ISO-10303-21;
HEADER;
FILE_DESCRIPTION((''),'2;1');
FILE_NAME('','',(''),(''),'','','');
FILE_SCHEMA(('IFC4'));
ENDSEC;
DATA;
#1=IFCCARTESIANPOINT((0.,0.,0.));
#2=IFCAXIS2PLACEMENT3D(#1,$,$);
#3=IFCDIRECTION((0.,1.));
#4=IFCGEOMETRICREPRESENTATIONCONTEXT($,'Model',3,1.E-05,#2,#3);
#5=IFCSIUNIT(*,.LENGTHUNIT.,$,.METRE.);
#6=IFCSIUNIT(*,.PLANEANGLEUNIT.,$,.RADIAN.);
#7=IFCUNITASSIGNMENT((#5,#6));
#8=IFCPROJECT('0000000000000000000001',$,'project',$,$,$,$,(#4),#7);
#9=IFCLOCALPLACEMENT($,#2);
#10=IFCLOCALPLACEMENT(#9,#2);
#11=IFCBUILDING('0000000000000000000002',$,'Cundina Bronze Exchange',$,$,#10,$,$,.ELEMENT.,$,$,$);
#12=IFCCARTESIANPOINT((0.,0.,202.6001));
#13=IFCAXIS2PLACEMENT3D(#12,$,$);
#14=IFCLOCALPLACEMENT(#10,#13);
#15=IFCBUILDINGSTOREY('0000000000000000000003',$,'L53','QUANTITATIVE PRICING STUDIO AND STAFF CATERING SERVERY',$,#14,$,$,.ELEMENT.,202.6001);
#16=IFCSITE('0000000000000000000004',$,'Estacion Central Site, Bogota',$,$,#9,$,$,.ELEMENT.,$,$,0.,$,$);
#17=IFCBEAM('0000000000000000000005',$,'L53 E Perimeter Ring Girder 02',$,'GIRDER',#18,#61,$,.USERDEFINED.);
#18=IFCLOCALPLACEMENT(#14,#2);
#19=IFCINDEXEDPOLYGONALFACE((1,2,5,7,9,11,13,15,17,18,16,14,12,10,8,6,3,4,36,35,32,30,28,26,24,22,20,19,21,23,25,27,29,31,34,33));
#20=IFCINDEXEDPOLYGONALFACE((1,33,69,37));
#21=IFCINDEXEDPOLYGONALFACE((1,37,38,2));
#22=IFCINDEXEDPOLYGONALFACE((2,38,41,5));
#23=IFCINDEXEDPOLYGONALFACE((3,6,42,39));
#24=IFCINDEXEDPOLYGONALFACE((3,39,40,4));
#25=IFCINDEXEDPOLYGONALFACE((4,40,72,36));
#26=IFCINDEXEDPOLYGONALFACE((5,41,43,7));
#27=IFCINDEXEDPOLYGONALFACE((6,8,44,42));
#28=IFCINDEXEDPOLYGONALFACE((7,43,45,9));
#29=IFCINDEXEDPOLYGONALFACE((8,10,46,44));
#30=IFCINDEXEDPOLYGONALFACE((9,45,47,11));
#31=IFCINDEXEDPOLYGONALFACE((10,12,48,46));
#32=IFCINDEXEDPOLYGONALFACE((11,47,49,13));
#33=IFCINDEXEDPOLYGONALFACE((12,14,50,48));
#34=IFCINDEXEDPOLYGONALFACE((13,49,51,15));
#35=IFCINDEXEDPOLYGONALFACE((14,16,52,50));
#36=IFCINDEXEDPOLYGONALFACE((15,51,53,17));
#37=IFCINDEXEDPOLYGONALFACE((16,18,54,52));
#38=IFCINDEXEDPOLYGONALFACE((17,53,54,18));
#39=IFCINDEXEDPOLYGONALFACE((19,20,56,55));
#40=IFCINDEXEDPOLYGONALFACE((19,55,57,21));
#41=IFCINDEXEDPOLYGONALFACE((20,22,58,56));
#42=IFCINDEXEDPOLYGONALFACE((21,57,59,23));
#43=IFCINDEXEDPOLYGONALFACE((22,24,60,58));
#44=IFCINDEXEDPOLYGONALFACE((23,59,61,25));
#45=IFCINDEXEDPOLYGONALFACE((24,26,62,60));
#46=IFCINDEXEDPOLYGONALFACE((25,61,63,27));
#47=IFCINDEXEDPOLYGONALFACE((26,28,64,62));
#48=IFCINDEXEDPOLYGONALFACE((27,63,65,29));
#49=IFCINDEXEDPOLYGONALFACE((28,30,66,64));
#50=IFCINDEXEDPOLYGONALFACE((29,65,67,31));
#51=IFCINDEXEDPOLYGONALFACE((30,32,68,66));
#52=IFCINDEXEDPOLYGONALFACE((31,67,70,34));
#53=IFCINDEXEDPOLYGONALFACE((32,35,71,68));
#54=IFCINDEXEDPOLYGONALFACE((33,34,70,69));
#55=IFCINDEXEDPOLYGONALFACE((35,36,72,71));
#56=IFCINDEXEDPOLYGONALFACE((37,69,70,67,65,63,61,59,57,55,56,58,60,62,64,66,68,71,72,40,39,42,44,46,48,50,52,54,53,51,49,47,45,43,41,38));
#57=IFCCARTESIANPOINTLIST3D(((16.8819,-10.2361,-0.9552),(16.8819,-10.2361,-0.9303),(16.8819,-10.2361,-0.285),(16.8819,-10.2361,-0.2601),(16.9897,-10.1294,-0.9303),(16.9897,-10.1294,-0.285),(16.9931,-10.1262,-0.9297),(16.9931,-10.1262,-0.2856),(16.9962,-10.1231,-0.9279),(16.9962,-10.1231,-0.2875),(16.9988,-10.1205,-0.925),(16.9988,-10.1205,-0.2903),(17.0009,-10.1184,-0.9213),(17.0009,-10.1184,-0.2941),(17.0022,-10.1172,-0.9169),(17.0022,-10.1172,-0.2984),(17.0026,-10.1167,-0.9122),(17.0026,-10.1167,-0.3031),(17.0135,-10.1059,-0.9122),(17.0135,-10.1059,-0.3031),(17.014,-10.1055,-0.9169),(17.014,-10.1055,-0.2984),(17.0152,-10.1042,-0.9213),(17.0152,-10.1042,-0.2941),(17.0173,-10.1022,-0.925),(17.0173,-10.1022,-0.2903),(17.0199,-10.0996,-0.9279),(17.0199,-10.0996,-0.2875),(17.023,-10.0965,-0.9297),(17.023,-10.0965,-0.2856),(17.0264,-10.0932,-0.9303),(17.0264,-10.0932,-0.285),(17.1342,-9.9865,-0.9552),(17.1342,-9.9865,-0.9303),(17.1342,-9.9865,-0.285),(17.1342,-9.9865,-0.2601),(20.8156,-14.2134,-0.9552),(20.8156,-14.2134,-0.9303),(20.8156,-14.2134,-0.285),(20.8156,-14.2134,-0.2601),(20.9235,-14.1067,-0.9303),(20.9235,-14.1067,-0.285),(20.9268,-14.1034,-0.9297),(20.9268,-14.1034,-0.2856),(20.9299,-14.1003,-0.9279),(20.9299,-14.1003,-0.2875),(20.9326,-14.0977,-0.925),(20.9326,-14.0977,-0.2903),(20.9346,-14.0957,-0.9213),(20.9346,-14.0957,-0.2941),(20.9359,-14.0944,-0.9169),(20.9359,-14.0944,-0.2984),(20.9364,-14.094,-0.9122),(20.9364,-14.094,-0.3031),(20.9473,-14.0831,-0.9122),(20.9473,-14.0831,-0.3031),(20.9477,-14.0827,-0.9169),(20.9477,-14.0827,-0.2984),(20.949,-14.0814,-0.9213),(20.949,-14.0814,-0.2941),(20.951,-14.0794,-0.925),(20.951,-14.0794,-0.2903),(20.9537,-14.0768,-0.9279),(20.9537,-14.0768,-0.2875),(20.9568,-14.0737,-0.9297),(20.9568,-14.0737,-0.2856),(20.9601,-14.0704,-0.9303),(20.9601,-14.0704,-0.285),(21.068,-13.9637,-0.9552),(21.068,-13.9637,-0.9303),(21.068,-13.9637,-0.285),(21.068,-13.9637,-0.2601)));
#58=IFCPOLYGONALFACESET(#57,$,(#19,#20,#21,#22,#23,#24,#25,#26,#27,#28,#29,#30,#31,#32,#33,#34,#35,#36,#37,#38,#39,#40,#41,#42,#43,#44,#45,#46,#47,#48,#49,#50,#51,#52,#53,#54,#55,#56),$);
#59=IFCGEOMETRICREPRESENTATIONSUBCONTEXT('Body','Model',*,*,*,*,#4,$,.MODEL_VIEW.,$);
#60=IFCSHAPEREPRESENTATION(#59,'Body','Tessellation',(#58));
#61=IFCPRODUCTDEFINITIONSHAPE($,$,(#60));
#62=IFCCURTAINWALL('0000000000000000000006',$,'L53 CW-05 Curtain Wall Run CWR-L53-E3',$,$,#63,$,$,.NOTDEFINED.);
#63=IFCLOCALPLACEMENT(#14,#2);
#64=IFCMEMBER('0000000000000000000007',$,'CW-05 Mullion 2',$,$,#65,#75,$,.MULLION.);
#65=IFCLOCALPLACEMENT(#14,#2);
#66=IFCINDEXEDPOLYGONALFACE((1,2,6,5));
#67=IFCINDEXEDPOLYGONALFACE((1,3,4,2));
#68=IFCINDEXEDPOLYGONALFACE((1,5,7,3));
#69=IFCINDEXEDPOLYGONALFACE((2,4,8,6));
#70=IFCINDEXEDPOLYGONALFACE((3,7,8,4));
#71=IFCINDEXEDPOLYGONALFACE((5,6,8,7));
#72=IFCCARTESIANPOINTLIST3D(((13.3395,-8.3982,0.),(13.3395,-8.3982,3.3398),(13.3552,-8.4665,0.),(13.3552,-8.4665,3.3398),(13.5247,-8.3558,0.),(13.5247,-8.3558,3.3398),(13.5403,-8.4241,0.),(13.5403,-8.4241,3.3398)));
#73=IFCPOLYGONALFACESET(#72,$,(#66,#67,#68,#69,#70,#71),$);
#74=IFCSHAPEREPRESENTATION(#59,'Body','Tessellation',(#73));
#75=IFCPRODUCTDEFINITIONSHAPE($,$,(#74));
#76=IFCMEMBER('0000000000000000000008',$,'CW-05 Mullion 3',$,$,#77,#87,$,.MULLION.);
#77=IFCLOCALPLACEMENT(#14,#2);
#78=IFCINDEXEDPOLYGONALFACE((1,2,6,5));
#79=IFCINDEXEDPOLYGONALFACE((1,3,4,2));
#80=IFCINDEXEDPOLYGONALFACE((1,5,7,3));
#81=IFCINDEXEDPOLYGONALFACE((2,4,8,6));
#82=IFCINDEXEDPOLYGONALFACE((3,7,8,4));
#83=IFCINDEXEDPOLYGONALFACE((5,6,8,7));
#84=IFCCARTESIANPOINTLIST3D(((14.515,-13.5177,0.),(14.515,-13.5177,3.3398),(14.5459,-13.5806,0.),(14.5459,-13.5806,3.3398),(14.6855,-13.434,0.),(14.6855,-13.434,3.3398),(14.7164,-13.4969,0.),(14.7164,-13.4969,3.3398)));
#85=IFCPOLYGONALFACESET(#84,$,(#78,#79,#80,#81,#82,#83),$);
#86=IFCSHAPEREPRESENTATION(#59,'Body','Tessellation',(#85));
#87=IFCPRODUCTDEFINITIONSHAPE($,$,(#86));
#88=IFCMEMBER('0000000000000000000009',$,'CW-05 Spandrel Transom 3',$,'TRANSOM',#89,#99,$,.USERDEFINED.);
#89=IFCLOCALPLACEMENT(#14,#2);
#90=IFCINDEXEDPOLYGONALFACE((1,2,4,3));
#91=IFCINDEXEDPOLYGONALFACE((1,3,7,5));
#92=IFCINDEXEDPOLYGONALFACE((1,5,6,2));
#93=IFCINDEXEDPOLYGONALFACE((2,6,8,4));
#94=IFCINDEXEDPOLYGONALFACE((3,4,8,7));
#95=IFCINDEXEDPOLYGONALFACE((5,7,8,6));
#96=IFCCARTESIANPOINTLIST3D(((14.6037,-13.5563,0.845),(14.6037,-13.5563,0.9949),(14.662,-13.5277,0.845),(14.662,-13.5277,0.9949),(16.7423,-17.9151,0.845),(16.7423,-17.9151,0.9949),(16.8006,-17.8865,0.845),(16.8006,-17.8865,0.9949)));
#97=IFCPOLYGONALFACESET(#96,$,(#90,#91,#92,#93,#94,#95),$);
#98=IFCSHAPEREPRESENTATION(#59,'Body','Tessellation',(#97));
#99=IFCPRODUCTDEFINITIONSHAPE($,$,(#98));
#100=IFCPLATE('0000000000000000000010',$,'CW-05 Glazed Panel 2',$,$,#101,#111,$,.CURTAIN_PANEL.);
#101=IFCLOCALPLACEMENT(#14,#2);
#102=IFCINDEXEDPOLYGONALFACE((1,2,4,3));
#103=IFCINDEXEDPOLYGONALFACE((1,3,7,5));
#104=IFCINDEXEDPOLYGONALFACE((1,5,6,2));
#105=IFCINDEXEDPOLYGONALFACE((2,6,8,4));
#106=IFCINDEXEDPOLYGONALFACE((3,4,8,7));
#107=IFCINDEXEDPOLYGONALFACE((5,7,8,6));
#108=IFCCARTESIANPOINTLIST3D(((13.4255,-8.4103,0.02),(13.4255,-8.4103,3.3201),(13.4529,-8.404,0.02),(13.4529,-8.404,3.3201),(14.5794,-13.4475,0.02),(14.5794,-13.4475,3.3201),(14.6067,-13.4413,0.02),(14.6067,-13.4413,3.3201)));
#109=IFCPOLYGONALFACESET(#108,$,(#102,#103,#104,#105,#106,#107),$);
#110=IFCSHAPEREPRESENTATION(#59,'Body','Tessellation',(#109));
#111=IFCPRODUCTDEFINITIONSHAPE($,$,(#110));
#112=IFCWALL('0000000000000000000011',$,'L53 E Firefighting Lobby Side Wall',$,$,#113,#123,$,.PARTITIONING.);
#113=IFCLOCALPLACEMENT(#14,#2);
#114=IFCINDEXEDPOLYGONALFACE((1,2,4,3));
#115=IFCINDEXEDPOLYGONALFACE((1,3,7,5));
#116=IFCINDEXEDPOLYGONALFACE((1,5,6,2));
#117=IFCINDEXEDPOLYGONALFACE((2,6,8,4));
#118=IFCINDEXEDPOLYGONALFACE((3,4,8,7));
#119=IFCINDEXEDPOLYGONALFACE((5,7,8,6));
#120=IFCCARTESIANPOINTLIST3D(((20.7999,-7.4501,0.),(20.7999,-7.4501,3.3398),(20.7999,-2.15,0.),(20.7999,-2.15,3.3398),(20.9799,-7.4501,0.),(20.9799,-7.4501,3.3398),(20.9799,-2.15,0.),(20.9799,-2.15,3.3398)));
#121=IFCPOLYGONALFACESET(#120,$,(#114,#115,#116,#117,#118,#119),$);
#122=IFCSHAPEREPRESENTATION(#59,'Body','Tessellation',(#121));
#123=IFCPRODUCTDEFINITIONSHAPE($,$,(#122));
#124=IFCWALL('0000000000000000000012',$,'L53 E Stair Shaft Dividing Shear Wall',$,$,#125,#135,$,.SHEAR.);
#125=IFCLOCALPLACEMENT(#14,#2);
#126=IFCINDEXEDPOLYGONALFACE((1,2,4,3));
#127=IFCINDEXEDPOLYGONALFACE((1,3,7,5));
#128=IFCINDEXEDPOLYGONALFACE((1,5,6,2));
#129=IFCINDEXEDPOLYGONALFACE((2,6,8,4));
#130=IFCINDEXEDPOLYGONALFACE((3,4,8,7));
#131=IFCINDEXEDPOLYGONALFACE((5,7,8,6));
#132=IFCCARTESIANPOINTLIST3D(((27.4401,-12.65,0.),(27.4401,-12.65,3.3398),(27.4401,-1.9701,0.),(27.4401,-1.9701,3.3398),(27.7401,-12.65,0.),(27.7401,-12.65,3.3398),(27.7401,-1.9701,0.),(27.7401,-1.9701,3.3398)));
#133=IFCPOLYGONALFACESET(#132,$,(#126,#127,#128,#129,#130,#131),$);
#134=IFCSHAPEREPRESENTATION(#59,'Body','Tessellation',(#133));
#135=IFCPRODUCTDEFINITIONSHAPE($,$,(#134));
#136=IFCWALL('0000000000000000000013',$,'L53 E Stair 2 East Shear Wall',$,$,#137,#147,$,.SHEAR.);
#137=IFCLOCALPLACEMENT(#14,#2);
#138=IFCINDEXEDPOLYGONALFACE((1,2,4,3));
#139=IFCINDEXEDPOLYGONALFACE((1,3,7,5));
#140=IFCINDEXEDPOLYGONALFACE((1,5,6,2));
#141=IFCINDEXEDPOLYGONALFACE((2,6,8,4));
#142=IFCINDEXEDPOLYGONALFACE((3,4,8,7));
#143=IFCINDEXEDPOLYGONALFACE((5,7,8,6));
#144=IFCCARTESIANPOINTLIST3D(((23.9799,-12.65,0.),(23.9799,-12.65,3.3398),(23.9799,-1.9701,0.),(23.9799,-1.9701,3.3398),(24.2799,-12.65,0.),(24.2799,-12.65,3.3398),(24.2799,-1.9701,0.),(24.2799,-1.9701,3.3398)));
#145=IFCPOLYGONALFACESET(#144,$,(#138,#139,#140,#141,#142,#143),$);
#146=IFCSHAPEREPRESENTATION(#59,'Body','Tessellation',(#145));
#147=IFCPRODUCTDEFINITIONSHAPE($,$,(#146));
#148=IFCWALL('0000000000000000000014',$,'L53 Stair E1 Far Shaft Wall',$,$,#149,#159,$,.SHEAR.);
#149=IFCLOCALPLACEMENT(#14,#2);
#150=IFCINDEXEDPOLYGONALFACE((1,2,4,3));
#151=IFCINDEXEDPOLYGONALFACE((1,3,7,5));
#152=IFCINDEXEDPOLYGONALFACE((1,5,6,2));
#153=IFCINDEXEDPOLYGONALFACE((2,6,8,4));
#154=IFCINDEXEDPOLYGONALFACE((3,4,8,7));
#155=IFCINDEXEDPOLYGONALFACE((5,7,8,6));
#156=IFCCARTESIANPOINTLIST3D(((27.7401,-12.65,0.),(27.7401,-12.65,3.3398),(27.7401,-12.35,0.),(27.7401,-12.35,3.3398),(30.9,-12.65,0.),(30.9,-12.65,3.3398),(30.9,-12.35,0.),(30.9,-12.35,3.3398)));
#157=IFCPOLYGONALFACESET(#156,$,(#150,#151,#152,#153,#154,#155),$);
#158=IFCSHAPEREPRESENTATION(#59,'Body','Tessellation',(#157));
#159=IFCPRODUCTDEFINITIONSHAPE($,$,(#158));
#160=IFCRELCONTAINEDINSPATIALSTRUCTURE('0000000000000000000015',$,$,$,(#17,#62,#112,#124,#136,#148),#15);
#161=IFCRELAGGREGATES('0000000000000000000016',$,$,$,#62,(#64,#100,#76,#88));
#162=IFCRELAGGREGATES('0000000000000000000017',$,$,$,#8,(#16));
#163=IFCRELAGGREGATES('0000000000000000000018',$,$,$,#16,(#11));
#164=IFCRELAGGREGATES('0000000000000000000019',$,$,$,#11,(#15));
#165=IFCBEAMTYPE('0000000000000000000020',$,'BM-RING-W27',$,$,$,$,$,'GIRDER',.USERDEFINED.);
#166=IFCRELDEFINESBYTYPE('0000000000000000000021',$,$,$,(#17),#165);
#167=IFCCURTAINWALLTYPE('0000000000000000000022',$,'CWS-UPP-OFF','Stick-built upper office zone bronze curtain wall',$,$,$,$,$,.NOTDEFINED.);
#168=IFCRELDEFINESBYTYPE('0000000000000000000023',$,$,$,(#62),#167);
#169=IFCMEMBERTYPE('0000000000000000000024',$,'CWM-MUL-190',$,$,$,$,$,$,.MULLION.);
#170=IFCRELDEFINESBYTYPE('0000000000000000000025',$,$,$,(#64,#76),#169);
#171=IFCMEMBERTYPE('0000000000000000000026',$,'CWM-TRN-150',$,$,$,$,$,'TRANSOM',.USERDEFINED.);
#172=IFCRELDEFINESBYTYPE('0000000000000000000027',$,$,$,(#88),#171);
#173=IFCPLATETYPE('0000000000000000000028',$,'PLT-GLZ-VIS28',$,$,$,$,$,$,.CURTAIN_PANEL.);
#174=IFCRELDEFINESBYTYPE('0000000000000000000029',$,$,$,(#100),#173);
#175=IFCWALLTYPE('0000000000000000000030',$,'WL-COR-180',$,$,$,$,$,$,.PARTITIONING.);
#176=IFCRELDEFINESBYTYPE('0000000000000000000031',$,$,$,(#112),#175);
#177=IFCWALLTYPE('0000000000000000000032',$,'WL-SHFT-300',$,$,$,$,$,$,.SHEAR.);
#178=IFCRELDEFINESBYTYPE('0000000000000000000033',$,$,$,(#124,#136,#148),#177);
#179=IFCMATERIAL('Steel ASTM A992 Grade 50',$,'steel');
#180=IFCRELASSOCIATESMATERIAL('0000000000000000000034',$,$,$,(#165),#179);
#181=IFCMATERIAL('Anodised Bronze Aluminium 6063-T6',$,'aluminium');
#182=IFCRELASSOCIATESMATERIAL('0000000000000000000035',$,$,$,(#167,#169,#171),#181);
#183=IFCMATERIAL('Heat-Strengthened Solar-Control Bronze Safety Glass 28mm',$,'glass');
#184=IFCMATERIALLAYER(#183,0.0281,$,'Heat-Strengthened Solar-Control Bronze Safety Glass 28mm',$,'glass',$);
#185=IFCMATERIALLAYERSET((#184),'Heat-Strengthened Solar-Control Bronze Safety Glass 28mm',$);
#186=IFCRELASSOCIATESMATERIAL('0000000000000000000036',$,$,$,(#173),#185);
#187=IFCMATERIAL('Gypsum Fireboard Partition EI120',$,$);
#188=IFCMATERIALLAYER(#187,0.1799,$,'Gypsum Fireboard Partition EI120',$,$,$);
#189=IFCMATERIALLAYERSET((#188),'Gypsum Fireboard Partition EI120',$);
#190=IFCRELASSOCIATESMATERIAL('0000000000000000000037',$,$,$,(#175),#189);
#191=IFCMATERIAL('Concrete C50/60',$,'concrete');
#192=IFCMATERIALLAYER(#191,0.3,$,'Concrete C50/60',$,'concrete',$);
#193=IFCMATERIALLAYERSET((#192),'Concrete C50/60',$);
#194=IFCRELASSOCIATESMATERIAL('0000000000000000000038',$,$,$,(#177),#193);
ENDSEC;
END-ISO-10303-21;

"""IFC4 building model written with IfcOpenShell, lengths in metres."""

from ifc_helpers import new_model, si_unit, direction, frame, frame_2d, origin, origin_2d, place, context, subcontext, project, spatial, rectangle, i_section, extrude, material, layer, layer_set, material_profile, profile_set, type_object, element, aggregate, save


model = new_model("IFC4")

# Units and contexts
model_context = context("Model", 3, precision=1e-05, world=origin(), true_north=direction((0.0, 1.0)))
body_context = subcontext(model_context, "Body", "Model", "MODEL_VIEW")
ifc_project = project(units=[si_unit("LENGTHUNIT", "METRE"), si_unit("PLANEANGLEUNIT", "RADIAN")], contexts=[model_context])

# Site, building, storey
site_placement = place(None, origin())
site = spatial("IfcSite", under=ifc_project, at=site_placement, Name="Estacion Central Site, Bogota", CompositionType="ELEMENT", RefElevation=0.0)
building_placement = place(site_placement, origin())
building = spatial("IfcBuilding", under=site, at=building_placement, Name="Cundina Bronze Exchange", CompositionType="ELEMENT")
storey_placement = place(building_placement, frame((0.0, 0.0, 202.6001)))
storey = spatial("IfcBuildingStorey", under=building, at=storey_placement, Name="L53", Description="QUANTITATIVE PRICING STUDIO AND STAFF CATERING SERVERY", CompositionType="ELEMENT", Elevation=202.6001)

# Shared definitions
ifc_material_1 = material(Name="Concrete C50/60", Category="concrete")

# Beam
ifc_material_2 = material(Name="Steel ASTM A992 Grade 50", Category="steel")
ifc_material_profile_1 = material_profile(ifc_material_2, i_section(OverallWidth=0.355, OverallDepth=0.6951, WebThickness=0.0154, FlangeThickness=0.0249, FilletRadius=0.0181, at=origin_2d()), Name="W27X146", Category="steel")
ifc_profile_set_1 = profile_set([ifc_material_profile_1], Name="Steel ASTM A992 Grade 50")
beam_type_1 = type_object("IfcBeamType", Name="BM-RING-W27", ElementType="GIRDER", PredefinedType="USERDEFINED", material=ifc_profile_set_1)
beam_1_placement = place(storey_placement, frame((17.0081, -10.1113, -0.6077), z_axis=(0.703212, -0.71098, 0.0), x_axis=(0.71098, 0.703212, 0.0)))
element("IfcBeam", 1, at=beam_1_placement, inside=storey, type_object=beam_type_1, Name="L53 E Perimeter Ring Girder 02", ObjectType="GIRDER", PredefinedType="USERDEFINED", context=body_context, shape_type="SweptSolid", body=[
    extrude(i_section(OverallWidth=0.355, OverallDepth=0.6951, WebThickness=0.0154, FlangeThickness=0.0249, FilletRadius=0.0181, at=origin_2d()), origin(), (0.0, 0.0, 1.0), 5.594),
])

# Curtain wall, members, plate
ifc_material_3 = material(Name="Anodised Bronze Aluminium 6063-T6", Category="aluminium")
curtain_wall_type = type_object("IfcCurtainWallType", Name="CWS-UPP-OFF", Description="Stick-built upper office zone bronze curtain wall", PredefinedType="NOTDEFINED", material=ifc_material_3)
curtain_wall_placement = place(storey_placement, origin())
curtain_wall = element("IfcCurtainWall", 2, at=curtain_wall_placement, inside=storey, type_object=curtain_wall_type, Name="L53 CW-05 Curtain Wall Run CWR-L53-E3", PredefinedType="NOTDEFINED")
ifc_material_profile_2 = material_profile(ifc_material_3, rectangle(XDim=0.0701, YDim=0.1899, at=origin_2d()), Name="AL70X190", Category="aluminium")
ifc_profile_set_2 = profile_set([ifc_material_profile_2], Name="Anodised Bronze Aluminium 6063-T6")
member_type_1 = type_object("IfcMemberType", Name="CWM-MUL-190", PredefinedType="MULLION", material=ifc_profile_set_2)
member_1_placement = place(storey_placement, frame((13.4399, -8.4111, 0.0), z_axis=(0.0, 0.0, 1.0), x_axis=(0.22325, -0.974761, 0.0)))
member_1 = element("IfcMember", 3, at=member_1_placement, type_object=member_type_1, Name="CW-05 Mullion 2", PredefinedType="MULLION", context=body_context, shape_type="SweptSolid", body=[
    extrude(rectangle(XDim=0.0701, YDim=0.1899, at=origin_2d()), origin(), (0.0, 0.0, 1.0), 3.3398),
])
member_2_placement = place(storey_placement, frame((14.6157, -13.5073, 0.0), z_axis=(0.0, 0.0, 1.0), x_axis=(0.440566, -0.89772, 0.0)))
member_2 = element("IfcMember", 4, at=member_2_placement, type_object=member_type_1, Name="CW-05 Mullion 3", PredefinedType="MULLION", context=body_context, shape_type="SweptSolid", body=[
    extrude(rectangle(XDim=0.0701, YDim=0.1899, at=origin_2d()), origin(), (0.0, 0.0, 1.0), 3.3398),
])
ifc_material_profile_3 = material_profile(ifc_material_3, rectangle(XDim=0.0649, YDim=0.1499, at=origin_2d()), Name="AL65X150", Category="aluminium")
ifc_profile_set_3 = profile_set([ifc_material_profile_3], Name="Anodised Bronze Aluminium 6063-T6")
member_type_2 = type_object("IfcMemberType", Name="CWM-TRN-150", ElementType="TRANSOM", PredefinedType="USERDEFINED", material=ifc_profile_set_3)
member_3_placement = place(storey_placement, frame((14.6328, -13.542, 0.9199), z_axis=(0.440483, -0.897761, 0.0), x_axis=(0.897761, 0.440483, 0.0)))
member_3 = element("IfcMember", 5, at=member_3_placement, type_object=member_type_2, Name="CW-05 Spandrel Transom 3", ObjectType="TRANSOM", PredefinedType="USERDEFINED", context=body_context, shape_type="SweptSolid", body=[
    extrude(rectangle(XDim=0.0649, YDim=0.1499, at=origin_2d()), origin(), (0.0, 0.0, 1.0), 4.8552),
])
ifc_material_4 = material(Name="Heat-Strengthened Solar-Control Bronze Safety Glass 28mm", Category="glass")
ifc_layer_1 = layer(ifc_material_4, 0.0281, Name="Heat-Strengthened Solar-Control Bronze Safety Glass 28mm", Category="glass")
ifc_layer_set_1 = layer_set([ifc_layer_1], Name="Heat-Strengthened Solar-Control Bronze Safety Glass 28mm")
plate_type = type_object("IfcPlateType", Name="PLT-GLZ-VIS28", PredefinedType="CURTAIN_PANEL", material=ifc_layer_set_1)
plate_placement = place(storey_placement, frame((14.0161, -10.9258, 0.02), z_axis=(0.0, 0.0, 1.0), x_axis=(0.223284, -0.974753, 0.0)))
plate = element("IfcPlate", 6, at=plate_placement, type_object=plate_type, Name="CW-05 Glazed Panel 2", PredefinedType="CURTAIN_PANEL", context=body_context, shape_type="SweptSolid", body=[
    extrude(rectangle(XDim=5.1677, YDim=0.0281, at=origin_2d()), origin(), (0.0, 0.0, 1.0), 3.3),
])
aggregate(curtain_wall, [member_1, plate, member_2, member_3])

# Walls
ifc_material_5 = material(Name="Gypsum Fireboard Partition EI120")
ifc_layer_2 = layer(ifc_material_5, 0.1799, Name="Gypsum Fireboard Partition EI120")
ifc_layer_set_2 = layer_set([ifc_layer_2], Name="Gypsum Fireboard Partition EI120")
wall_type_1 = type_object("IfcWallType", Name="WL-COR-180", PredefinedType="PARTITIONING", material=ifc_layer_set_2)
wall_1_placement = place(storey_placement, frame((20.8899, -7.45, 0.0), z_axis=(0.0, 0.0, 1.0), x_axis=(0.0, 1.0, 0.0)))
element("IfcWall", 7, at=wall_1_placement, inside=storey, type_object=wall_type_1, Name="L53 E Firefighting Lobby Side Wall", PredefinedType="PARTITIONING", context=body_context, shape_type="SweptSolid", body=[
    extrude(rectangle(XDim=5.3, YDim=0.1799, at=frame_2d((2.6499, 0.0))), origin(), (0.0, 0.0, 1.0), 3.3398),
])
ifc_layer_3 = layer(ifc_material_1, 0.3, Name="Concrete C50/60", Category="concrete")
ifc_layer_set_3 = layer_set([ifc_layer_3], Name="Concrete C50/60")
wall_type_2 = type_object("IfcWallType", Name="WL-SHFT-300", PredefinedType="SHEAR", material=ifc_layer_set_3)
for number, where, z_axis, x_axis, name in (
    (8, (27.5901, -12.6499, 0.0), (0.0, 0.0, 1.0), (0.0, 1.0, 0.0), "L53 E Stair Shaft Dividing Shear Wall"),
    (9, (24.1299, -12.6499, 0.0), (0.0, 0.0, 1.0), (0.0, 1.0, 0.0), "L53 E Stair 2 East Shear Wall"),
):
    element("IfcWall", number, at=place(storey_placement, frame(where, z_axis=z_axis, x_axis=x_axis)), inside=storey, type_object=wall_type_2, Name=name, PredefinedType="SHEAR", context=body_context, shape_type="SweptSolid", body=[
        extrude(rectangle(XDim=10.6799, YDim=0.3, at=frame_2d((5.3398, 0.0))), origin(), (0.0, 0.0, 1.0), 3.3398),
    ])
wall_2_placement = place(storey_placement, frame((27.74, -12.5, 0.0), z_axis=(0.0, 0.0, 1.0), x_axis=(1.0, 0.0, 0.0)))
element("IfcWall", 10, at=wall_2_placement, inside=storey, type_object=wall_type_2, Name="L53 Stair E1 Far Shaft Wall", PredefinedType="SHEAR", context=body_context, shape_type="SweptSolid", body=[
    extrude(rectangle(XDim=3.1599, YDim=0.3, at=frame_2d((1.5801, 0.0))), origin(), (0.0, 0.0, 1.0), 3.3398),
])

save(model, "model.ifc")
